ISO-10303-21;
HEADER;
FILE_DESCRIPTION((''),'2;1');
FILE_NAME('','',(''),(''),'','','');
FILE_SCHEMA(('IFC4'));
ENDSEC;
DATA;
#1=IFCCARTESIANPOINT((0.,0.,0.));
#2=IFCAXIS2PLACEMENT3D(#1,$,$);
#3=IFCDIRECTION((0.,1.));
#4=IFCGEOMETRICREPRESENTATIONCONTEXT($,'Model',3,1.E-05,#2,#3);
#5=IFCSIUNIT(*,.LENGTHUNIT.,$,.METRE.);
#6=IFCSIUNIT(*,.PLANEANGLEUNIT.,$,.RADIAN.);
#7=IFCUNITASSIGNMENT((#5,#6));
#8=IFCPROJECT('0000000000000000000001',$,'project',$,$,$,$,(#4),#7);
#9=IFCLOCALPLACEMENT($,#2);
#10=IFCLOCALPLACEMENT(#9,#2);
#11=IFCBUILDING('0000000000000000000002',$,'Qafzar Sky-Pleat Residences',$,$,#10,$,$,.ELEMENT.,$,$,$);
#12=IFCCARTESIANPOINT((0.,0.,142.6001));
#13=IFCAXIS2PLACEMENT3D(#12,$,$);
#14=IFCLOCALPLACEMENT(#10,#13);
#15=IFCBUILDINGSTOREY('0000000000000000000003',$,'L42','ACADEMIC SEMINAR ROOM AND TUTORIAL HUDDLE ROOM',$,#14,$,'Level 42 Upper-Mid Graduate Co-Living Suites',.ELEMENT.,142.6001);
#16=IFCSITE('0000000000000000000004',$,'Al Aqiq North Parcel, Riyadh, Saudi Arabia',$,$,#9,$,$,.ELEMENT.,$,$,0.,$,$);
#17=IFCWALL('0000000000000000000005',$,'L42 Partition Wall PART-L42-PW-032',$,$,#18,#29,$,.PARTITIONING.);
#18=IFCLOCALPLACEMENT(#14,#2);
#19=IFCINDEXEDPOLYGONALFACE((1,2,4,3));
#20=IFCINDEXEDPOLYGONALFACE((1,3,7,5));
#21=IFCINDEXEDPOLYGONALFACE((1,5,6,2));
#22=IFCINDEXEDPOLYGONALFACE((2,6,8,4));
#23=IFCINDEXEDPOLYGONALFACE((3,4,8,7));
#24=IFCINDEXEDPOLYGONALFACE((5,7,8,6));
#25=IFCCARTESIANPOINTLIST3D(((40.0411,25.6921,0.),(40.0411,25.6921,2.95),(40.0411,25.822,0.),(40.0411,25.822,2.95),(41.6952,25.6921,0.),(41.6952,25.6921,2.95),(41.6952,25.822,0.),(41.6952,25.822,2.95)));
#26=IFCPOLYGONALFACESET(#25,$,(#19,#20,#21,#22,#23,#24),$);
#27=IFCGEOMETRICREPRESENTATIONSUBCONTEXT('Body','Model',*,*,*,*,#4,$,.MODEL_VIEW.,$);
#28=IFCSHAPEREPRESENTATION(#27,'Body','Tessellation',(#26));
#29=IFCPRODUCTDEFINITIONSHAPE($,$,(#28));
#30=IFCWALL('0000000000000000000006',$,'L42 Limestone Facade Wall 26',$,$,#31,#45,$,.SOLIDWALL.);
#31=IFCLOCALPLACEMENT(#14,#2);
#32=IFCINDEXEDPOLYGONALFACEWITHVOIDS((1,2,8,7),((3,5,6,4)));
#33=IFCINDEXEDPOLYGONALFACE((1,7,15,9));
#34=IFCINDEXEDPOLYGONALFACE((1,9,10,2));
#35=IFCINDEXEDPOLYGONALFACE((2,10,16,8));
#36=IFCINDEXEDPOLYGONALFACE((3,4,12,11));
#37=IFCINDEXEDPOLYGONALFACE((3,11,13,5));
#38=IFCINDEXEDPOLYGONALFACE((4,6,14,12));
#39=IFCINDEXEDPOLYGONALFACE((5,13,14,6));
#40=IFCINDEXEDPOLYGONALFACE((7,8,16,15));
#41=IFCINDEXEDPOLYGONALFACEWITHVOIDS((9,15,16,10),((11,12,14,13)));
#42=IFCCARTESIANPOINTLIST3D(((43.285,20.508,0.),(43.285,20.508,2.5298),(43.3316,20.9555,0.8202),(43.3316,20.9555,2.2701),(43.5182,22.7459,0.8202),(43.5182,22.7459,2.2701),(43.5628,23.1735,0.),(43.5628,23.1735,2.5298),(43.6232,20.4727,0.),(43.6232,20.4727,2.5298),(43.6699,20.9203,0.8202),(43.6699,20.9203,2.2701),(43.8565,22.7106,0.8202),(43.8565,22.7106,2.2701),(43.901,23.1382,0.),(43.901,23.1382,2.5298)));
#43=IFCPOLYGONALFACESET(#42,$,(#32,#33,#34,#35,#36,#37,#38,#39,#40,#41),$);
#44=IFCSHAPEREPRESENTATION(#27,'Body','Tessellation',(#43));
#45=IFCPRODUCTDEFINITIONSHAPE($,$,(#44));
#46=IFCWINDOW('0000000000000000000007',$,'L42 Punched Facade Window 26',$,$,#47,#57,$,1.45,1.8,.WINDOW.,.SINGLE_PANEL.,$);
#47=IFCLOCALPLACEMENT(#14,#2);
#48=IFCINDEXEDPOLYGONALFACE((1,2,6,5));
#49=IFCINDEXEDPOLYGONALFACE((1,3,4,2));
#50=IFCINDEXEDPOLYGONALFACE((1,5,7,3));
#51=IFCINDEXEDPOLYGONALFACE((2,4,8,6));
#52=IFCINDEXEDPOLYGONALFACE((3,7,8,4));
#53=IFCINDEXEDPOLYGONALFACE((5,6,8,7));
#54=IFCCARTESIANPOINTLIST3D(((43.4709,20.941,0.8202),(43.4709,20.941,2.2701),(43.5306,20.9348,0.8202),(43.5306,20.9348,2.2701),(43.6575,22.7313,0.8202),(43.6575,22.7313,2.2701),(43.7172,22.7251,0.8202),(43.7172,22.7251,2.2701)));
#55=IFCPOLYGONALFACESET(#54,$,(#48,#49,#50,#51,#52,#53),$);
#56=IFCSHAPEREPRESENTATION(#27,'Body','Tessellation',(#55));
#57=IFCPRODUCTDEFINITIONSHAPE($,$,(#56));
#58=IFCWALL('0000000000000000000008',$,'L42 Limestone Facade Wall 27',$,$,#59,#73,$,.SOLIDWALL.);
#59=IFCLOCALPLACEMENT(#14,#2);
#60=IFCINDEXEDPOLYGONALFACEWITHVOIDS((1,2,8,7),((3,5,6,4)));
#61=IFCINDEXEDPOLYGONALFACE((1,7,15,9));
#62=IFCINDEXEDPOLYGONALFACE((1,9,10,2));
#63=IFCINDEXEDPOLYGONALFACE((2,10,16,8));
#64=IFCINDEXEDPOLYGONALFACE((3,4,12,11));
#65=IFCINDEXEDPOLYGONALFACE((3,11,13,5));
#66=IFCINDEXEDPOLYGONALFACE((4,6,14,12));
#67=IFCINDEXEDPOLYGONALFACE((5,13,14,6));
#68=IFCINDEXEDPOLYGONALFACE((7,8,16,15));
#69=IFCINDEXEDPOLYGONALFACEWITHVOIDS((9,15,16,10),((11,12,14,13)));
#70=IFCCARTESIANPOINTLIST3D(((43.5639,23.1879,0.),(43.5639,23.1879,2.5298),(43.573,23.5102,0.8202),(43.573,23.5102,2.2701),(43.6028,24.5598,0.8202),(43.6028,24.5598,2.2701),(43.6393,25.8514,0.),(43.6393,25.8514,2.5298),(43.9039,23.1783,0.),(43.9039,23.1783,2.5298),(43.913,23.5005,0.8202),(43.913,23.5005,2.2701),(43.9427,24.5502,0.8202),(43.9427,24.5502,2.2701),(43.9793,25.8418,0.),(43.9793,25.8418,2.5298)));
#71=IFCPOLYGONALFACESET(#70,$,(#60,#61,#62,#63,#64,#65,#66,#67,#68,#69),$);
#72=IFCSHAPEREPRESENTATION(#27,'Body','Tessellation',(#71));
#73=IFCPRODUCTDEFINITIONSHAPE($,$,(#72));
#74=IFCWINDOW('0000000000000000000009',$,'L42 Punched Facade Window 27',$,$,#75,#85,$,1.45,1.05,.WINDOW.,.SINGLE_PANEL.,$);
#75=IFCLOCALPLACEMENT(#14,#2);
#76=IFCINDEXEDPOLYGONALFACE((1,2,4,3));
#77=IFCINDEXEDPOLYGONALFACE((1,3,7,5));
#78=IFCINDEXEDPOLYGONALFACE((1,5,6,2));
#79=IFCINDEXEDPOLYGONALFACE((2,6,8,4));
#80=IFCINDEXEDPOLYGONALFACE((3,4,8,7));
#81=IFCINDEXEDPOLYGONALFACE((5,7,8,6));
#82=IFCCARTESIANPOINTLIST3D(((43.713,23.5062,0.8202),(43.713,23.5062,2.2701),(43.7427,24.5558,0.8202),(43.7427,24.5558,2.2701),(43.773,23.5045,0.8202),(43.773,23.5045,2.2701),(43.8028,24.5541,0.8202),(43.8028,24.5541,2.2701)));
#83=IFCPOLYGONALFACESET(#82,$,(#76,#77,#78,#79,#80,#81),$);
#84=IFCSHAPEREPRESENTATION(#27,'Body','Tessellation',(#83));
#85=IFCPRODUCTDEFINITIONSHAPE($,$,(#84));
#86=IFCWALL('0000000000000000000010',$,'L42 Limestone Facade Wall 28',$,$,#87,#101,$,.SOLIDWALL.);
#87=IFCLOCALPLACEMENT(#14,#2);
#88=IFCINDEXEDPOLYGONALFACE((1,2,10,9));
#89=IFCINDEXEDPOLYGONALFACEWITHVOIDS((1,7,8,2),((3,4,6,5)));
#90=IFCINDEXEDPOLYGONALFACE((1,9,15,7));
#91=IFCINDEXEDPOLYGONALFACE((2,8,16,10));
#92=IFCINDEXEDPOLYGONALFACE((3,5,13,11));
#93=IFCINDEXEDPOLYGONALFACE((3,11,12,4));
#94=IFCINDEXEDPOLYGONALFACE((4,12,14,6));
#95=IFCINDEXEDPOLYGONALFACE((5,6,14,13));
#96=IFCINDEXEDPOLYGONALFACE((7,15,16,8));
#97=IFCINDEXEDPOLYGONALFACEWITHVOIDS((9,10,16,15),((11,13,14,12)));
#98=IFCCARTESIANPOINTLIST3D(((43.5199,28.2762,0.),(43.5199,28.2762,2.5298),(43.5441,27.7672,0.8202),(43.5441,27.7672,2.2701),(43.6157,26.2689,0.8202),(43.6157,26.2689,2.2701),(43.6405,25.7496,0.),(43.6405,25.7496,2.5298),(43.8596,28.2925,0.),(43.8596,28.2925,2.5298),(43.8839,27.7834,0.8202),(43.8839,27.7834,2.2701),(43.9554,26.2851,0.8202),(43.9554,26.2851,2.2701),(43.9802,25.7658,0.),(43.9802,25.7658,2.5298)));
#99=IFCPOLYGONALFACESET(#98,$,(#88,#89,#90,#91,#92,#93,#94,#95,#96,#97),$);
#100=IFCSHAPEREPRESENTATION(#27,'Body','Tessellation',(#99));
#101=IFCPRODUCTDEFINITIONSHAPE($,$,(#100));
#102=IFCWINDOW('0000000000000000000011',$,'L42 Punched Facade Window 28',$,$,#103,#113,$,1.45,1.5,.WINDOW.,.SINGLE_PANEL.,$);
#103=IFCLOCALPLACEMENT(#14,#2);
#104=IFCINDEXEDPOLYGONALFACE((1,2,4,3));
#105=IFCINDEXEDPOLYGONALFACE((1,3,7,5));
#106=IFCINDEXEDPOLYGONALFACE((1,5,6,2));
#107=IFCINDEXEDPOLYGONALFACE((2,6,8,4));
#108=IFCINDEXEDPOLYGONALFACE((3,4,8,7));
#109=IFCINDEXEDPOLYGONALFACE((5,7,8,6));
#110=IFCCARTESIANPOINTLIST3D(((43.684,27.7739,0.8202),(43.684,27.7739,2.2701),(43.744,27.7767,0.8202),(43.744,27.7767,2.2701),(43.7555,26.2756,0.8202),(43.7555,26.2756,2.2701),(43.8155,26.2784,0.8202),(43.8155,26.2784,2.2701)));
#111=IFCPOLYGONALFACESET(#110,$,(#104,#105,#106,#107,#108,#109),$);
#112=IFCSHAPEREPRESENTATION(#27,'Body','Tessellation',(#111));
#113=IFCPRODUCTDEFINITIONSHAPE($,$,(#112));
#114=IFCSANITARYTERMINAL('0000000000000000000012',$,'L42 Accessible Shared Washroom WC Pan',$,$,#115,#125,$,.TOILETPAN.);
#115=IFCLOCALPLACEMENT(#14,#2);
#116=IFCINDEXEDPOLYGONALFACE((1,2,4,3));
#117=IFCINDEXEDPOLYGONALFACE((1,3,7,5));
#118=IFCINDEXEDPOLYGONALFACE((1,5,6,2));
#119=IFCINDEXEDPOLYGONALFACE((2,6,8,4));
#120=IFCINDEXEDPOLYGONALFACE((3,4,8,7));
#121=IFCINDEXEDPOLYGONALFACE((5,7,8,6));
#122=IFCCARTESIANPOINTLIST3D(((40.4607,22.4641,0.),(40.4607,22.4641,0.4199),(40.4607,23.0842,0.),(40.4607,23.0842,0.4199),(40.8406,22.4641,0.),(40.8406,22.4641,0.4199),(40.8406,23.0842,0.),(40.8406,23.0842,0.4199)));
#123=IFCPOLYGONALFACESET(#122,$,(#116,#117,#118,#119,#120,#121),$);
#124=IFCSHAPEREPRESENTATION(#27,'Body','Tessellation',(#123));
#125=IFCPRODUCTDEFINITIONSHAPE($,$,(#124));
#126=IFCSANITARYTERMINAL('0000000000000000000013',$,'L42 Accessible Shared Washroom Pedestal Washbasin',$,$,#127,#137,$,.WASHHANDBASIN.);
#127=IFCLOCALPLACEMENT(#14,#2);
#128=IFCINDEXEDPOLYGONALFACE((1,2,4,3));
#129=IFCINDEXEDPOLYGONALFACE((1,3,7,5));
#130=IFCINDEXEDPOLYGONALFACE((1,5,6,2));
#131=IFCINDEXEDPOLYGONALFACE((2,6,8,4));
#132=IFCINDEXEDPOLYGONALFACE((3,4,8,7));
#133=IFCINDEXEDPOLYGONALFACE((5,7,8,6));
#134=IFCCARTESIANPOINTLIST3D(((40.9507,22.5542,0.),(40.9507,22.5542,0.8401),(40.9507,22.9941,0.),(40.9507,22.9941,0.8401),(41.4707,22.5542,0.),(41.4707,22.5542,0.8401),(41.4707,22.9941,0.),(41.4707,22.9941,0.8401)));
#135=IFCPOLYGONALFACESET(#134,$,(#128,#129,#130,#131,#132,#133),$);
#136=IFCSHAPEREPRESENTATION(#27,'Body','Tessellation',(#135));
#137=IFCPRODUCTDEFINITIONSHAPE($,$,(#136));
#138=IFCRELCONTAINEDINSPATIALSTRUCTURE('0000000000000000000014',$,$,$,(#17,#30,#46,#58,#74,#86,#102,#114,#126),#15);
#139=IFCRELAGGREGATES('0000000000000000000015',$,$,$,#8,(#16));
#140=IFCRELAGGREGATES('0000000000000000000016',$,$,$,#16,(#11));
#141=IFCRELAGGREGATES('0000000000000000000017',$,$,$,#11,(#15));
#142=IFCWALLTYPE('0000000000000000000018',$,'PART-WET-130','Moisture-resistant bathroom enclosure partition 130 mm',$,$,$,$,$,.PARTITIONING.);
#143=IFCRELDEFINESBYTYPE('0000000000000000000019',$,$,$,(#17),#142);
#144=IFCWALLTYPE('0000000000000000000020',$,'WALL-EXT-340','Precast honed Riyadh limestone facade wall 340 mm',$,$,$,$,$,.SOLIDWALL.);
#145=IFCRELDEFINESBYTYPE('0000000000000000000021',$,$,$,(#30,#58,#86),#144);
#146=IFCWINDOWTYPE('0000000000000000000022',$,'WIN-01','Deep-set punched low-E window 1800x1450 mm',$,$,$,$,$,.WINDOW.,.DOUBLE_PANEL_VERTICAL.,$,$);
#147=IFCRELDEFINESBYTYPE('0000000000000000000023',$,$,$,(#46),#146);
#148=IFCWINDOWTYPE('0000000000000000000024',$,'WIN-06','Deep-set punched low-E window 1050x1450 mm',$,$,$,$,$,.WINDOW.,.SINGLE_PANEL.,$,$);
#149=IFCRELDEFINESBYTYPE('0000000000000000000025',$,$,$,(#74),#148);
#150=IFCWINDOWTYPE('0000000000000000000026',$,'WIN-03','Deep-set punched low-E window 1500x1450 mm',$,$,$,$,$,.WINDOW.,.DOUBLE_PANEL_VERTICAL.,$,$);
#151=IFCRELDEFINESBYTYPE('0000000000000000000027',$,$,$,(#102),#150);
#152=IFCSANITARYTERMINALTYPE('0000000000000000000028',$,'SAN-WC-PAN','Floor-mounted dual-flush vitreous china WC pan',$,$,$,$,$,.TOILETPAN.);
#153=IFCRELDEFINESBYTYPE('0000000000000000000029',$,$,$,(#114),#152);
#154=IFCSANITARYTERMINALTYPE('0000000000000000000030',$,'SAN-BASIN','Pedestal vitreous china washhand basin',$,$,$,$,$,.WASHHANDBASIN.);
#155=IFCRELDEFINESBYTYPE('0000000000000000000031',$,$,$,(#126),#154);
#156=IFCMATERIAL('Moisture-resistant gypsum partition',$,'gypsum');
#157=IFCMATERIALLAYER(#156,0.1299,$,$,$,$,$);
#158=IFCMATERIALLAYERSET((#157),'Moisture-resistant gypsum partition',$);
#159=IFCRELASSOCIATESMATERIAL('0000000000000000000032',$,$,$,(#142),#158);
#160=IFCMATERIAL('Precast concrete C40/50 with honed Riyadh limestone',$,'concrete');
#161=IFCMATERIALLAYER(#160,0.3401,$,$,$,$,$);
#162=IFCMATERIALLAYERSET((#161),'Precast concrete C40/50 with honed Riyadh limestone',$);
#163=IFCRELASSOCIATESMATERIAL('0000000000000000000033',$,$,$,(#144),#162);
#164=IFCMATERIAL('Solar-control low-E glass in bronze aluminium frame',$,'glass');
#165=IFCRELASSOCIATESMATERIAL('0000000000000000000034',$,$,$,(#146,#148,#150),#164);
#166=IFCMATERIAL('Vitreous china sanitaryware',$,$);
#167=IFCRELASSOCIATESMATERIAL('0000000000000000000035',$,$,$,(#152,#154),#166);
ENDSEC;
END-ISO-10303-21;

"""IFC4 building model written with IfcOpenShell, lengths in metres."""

from ifc_helpers import new_model, si_unit, direction, frame, frame_2d, origin, origin_2d, place, context, subcontext, project, spatial, rectangle, extrude, source, transform, mapped, material, layer, layer_set, type_object, element, fill, save


model = new_model("IFC4")

# Units and contexts
model_context = context("Model", 3, precision=1e-05, world=origin(), true_north=direction((0.0, 1.0)))
body_context = subcontext(model_context, "Body", "Model", "MODEL_VIEW")
ifc_project = project(units=[si_unit("LENGTHUNIT", "METRE"), si_unit("PLANEANGLEUNIT", "RADIAN")], contexts=[model_context])

# Site, building, storey
site_placement = place(None, origin())
site = spatial("IfcSite", under=ifc_project, at=site_placement, Name="Al Aqiq North Parcel, Riyadh, Saudi Arabia", CompositionType="ELEMENT", RefElevation=0.0)
building_placement = place(site_placement, origin())
building = spatial("IfcBuilding", under=site, at=building_placement, Name="Qafzar Sky-Pleat Residences", CompositionType="ELEMENT")
storey_placement = place(building_placement, frame((0.0, 0.0, 142.6001)))
storey = spatial("IfcBuildingStorey", under=building, at=storey_placement, Name="L42", Description="ACADEMIC SEMINAR ROOM AND TUTORIAL HUDDLE ROOM", LongName="Level 42 Upper-Mid Graduate Co-Living Suites", CompositionType="ELEMENT", Elevation=142.6001)

# Wall
ifc_material_1 = material(Name="Moisture-resistant gypsum partition", Category="gypsum")
ifc_layer_1 = layer(ifc_material_1, 0.1299)
ifc_layer_set_1 = layer_set([ifc_layer_1], Name="Moisture-resistant gypsum partition")
wall_type_1 = type_object("IfcWallType", Name="PART-WET-130", Description="Moisture-resistant bathroom enclosure partition 130 mm", PredefinedType="PARTITIONING", material=ifc_layer_set_1)
wall_1_placement = place(storey_placement, frame((40.041, 25.7571, 0.0), z_axis=(0.0, 0.0, 1.0), x_axis=(1.0, 0.0, 0.0)))
element("IfcWall", 1, at=wall_1_placement, inside=storey, type_object=wall_type_1, Name="L42 Partition Wall PART-L42-PW-032", PredefinedType="PARTITIONING", context=body_context, shape_type="SweptSolid", body=[
    extrude(rectangle(XDim=1.6541, YDim=0.1299, at=frame_2d((0.8271, 0.0))), origin(), (0.0, 0.0, 1.0), 2.95),
])

# Walls, openings, windows
ifc_material_2 = material(Name="Precast concrete C40/50 with honed Riyadh limestone", Category="concrete")
ifc_layer_2 = layer(ifc_material_2, 0.3401)
ifc_layer_set_2 = layer_set([ifc_layer_2], Name="Precast concrete C40/50 with honed Riyadh limestone")
wall_type_2 = type_object("IfcWallType", Name="WALL-EXT-340", Description="Precast honed Riyadh limestone facade wall 340 mm", PredefinedType="SOLIDWALL", material=ifc_layer_set_2)
wall_2_placement = place(storey_placement, frame((43.4541, 20.4905, 0.0), z_axis=(0.0, 0.0, 1.0), x_axis=(0.10367, 0.994612, 0.0)))
wall_2 = element("IfcWall", 2, at=wall_2_placement, inside=storey, type_object=wall_type_2, Name="L42 Limestone Facade Wall 26", PredefinedType="SOLIDWALL", context=body_context, shape_type="SweptSolid", body=[
    extrude(rectangle(XDim=2.6799, YDim=0.3401, at=frame_2d((1.3398, 0.0))), origin(), (0.0, 0.0, 1.0), 2.5298),
])
opening_1_placement = place(wall_2_placement, frame((0.45, 0.0, 0.8201)))
opening_1 = element("IfcOpeningElement", 3, at=opening_1_placement, cuts=wall_2, PredefinedType="OPENING", context=body_context, shape_type="SweptSolid", body=[
    extrude(rectangle(XDim=1.8, YDim=1.45, at=frame_2d((0.8999, 0.7251))), frame((0.0, 0.1802, 0.0), z_axis=(0.0, -1.0, 0.0), x_axis=(1.0, 0.0, 0.0)), (0.0, 0.0, 1.0), 0.3601),
])
ifc_material_3 = material(Name="Solar-control low-E glass in bronze aluminium frame", Category="glass")
window_type_1 = type_object("IfcWindowType", Name="WIN-01", Description="Deep-set punched low-E window 1800x1450 mm", PartitioningType="DOUBLE_PANEL_VERTICAL", PredefinedType="WINDOW", material=ifc_material_3)
shared_shape_1 = source(origin(), body_context, "Body", "SweptSolid", [
    extrude(rectangle(XDim=1.8, YDim=1.45, at=frame_2d((0.8999, 0.7251))), frame((0.0, 0.03, 0.0), z_axis=(0.0, -1.0, 0.0), x_axis=(1.0, 0.0, 0.0)), (0.0, 0.0, 1.0), 0.0601),
])
window_1_placement = place(opening_1_placement, origin())
window_1 = element("IfcWindow", 4, at=window_1_placement, inside=storey, type_object=window_type_1, Name="L42 Punched Facade Window 26", OverallHeight=1.45, OverallWidth=1.8, PartitioningType="SINGLE_PANEL", PredefinedType="WINDOW", context=body_context, shape_type="MappedRepresentation", body=[
    mapped(shared_shape_1, transform((0.0, 0.0, 0.0), x_axis=(1.0, 0.0, 0.0), y_axis=(0.0, 1.0, 0.0), z_axis=(0.0, 0.0, 1.0), scale=1.0)),
])
fill(opening_1, window_1)
wall_3_placement = place(storey_placement, frame((43.7339, 23.1831, 0.0), z_axis=(0.0, 0.0, 1.0), x_axis=(0.028311, 0.999599, 0.0)))
wall_3 = element("IfcWall", 5, at=wall_3_placement, inside=storey, type_object=wall_type_2, Name="L42 Limestone Facade Wall 27", PredefinedType="SOLIDWALL", context=body_context, shape_type="SweptSolid", body=[
    extrude(rectangle(XDim=2.6646, YDim=0.3401, at=frame_2d((1.3323, 0.0))), origin(), (0.0, 0.0, 1.0), 2.5298),
])
opening_2_placement = place(wall_3_placement, frame((0.3225, 0.0, 0.8201)))
opening_2 = element("IfcOpeningElement", 6, at=opening_2_placement, cuts=wall_3, PredefinedType="OPENING", context=body_context, shape_type="SweptSolid", body=[
    extrude(rectangle(XDim=1.05, YDim=1.45, at=frame_2d((0.5249, 0.7251))), frame((0.0, 0.1802, 0.0), z_axis=(0.0, -1.0, 0.0), x_axis=(1.0, 0.0, 0.0)), (0.0, 0.0, 1.0), 0.3601),
])
window_type_2 = type_object("IfcWindowType", Name="WIN-06", Description="Deep-set punched low-E window 1050x1450 mm", PartitioningType="SINGLE_PANEL", PredefinedType="WINDOW", material=ifc_material_3)
shared_shape_2 = source(origin(), body_context, "Body", "SweptSolid", [
    extrude(rectangle(XDim=1.05, YDim=1.45, at=frame_2d((0.5249, 0.7251))), frame((0.0, 0.03, 0.0), z_axis=(0.0, -1.0, 0.0), x_axis=(1.0, 0.0, 0.0)), (0.0, 0.0, 1.0), 0.0601),
])
window_2_placement = place(opening_2_placement, origin())
window_2 = element("IfcWindow", 7, at=window_2_placement, inside=storey, type_object=window_type_2, Name="L42 Punched Facade Window 27", OverallHeight=1.45, OverallWidth=1.05, PartitioningType="SINGLE_PANEL", PredefinedType="WINDOW", context=body_context, shape_type="MappedRepresentation", body=[
    mapped(shared_shape_2, transform((0.0, 0.0, 0.0), x_axis=(1.0, 0.0, 0.0), y_axis=(0.0, 1.0, 0.0), z_axis=(0.0, 0.0, 1.0), scale=1.0)),
])
fill(opening_2, window_2)
wall_4_placement = place(storey_placement, frame((43.8103, 25.7578, 0.0), z_axis=(0.0, 0.0, 1.0), x_axis=(-0.04768, 0.998863, 0.0)))
wall_4 = element("IfcWall", 8, at=wall_4_placement, inside=storey, type_object=wall_type_2, Name="L42 Limestone Facade Wall 28", PredefinedType="SOLIDWALL", context=body_context, shape_type="SweptSolid", body=[
    extrude(rectangle(XDim=2.5295, YDim=0.3401, at=frame_2d((1.2646, 0.0))), origin(), (0.0, 0.0, 1.0), 2.5298),
])
opening_3_placement = place(wall_4_placement, frame((0.5198, 0.0, 0.8201)))
opening_3 = element("IfcOpeningElement", 9, at=opening_3_placement, cuts=wall_4, PredefinedType="OPENING", context=body_context, shape_type="SweptSolid", body=[
    extrude(rectangle(XDim=1.5, YDim=1.45, at=frame_2d((0.75, 0.7251))), frame((0.0, 0.1802, 0.0), z_axis=(0.0, -1.0, 0.0), x_axis=(1.0, 0.0, 0.0)), (0.0, 0.0, 1.0), 0.3601),
])
window_type_3 = type_object("IfcWindowType", Name="WIN-03", Description="Deep-set punched low-E window 1500x1450 mm", PartitioningType="DOUBLE_PANEL_VERTICAL", PredefinedType="WINDOW", material=ifc_material_3)
shared_shape_3 = source(origin(), body_context, "Body", "SweptSolid", [
    extrude(rectangle(XDim=1.5, YDim=1.45, at=frame_2d((0.75, 0.7251))), frame((0.0, 0.03, 0.0), z_axis=(0.0, -1.0, 0.0), x_axis=(1.0, 0.0, 0.0)), (0.0, 0.0, 1.0), 0.0601),
])
window_3_placement = place(opening_3_placement, origin())
window_3 = element("IfcWindow", 10, at=window_3_placement, inside=storey, type_object=window_type_3, Name="L42 Punched Facade Window 28", OverallHeight=1.45, OverallWidth=1.5, PartitioningType="SINGLE_PANEL", PredefinedType="WINDOW", context=body_context, shape_type="MappedRepresentation", body=[
    mapped(shared_shape_3, transform((0.0, 0.0, 0.0), x_axis=(1.0, 0.0, 0.0), y_axis=(0.0, 1.0, 0.0), z_axis=(0.0, 0.0, 1.0), scale=1.0)),
])
fill(opening_3, window_3)

# Sanitary terminals
ifc_material_4 = material(Name="Vitreous china sanitaryware")
sanitary_terminal_type_1 = type_object("IfcSanitaryTerminalType", Name="SAN-WC-PAN", Description="Floor-mounted dual-flush vitreous china WC pan", PredefinedType="TOILETPAN", material=ifc_material_4)
shared_shape_4 = source(origin(), body_context, "Body", "SweptSolid", [
    extrude(rectangle(XDim=0.3799, YDim=0.6201, at=origin_2d()), origin(), (0.0, 0.0, 1.0), 0.4199),
])
sanitary_terminal_1_placement = place(storey_placement, frame((40.6506, 22.7742, 0.0), z_axis=(0.0, 0.0, 1.0), x_axis=(1.0, 0.0, 0.0)))
element("IfcSanitaryTerminal", 11, at=sanitary_terminal_1_placement, inside=storey, type_object=sanitary_terminal_type_1, Name="L42 Accessible Shared Washroom WC Pan", PredefinedType="TOILETPAN", context=body_context, shape_type="MappedRepresentation", body=[
    mapped(shared_shape_4, transform((0.0, 0.0, 0.0), x_axis=(1.0, 0.0, 0.0), y_axis=(0.0, 1.0, 0.0), z_axis=(0.0, 0.0, 1.0), scale=1.0)),
])
sanitary_terminal_type_2 = type_object("IfcSanitaryTerminalType", Name="SAN-BASIN", Description="Pedestal vitreous china washhand basin", PredefinedType="WASHHANDBASIN", material=ifc_material_4)
shared_shape_5 = source(origin(), body_context, "Body", "SweptSolid", [
    extrude(rectangle(XDim=0.52, YDim=0.4399, at=origin_2d()), origin(), (0.0, 0.0, 1.0), 0.8401),
])
sanitary_terminal_2_placement = place(storey_placement, frame((41.2107, 22.7742, 0.0), z_axis=(0.0, 0.0, 1.0), x_axis=(1.0, 0.0, 0.0)))
element("IfcSanitaryTerminal", 12, at=sanitary_terminal_2_placement, inside=storey, type_object=sanitary_terminal_type_2, Name="L42 Accessible Shared Washroom Pedestal Washbasin", PredefinedType="WASHHANDBASIN", context=body_context, shape_type="MappedRepresentation", body=[
    mapped(shared_shape_5, transform((0.0, 0.0, 0.0), x_axis=(1.0, 0.0, 0.0), y_axis=(0.0, 1.0, 0.0), z_axis=(0.0, 0.0, 1.0), scale=1.0)),
])

save(model, "model.ifc")
